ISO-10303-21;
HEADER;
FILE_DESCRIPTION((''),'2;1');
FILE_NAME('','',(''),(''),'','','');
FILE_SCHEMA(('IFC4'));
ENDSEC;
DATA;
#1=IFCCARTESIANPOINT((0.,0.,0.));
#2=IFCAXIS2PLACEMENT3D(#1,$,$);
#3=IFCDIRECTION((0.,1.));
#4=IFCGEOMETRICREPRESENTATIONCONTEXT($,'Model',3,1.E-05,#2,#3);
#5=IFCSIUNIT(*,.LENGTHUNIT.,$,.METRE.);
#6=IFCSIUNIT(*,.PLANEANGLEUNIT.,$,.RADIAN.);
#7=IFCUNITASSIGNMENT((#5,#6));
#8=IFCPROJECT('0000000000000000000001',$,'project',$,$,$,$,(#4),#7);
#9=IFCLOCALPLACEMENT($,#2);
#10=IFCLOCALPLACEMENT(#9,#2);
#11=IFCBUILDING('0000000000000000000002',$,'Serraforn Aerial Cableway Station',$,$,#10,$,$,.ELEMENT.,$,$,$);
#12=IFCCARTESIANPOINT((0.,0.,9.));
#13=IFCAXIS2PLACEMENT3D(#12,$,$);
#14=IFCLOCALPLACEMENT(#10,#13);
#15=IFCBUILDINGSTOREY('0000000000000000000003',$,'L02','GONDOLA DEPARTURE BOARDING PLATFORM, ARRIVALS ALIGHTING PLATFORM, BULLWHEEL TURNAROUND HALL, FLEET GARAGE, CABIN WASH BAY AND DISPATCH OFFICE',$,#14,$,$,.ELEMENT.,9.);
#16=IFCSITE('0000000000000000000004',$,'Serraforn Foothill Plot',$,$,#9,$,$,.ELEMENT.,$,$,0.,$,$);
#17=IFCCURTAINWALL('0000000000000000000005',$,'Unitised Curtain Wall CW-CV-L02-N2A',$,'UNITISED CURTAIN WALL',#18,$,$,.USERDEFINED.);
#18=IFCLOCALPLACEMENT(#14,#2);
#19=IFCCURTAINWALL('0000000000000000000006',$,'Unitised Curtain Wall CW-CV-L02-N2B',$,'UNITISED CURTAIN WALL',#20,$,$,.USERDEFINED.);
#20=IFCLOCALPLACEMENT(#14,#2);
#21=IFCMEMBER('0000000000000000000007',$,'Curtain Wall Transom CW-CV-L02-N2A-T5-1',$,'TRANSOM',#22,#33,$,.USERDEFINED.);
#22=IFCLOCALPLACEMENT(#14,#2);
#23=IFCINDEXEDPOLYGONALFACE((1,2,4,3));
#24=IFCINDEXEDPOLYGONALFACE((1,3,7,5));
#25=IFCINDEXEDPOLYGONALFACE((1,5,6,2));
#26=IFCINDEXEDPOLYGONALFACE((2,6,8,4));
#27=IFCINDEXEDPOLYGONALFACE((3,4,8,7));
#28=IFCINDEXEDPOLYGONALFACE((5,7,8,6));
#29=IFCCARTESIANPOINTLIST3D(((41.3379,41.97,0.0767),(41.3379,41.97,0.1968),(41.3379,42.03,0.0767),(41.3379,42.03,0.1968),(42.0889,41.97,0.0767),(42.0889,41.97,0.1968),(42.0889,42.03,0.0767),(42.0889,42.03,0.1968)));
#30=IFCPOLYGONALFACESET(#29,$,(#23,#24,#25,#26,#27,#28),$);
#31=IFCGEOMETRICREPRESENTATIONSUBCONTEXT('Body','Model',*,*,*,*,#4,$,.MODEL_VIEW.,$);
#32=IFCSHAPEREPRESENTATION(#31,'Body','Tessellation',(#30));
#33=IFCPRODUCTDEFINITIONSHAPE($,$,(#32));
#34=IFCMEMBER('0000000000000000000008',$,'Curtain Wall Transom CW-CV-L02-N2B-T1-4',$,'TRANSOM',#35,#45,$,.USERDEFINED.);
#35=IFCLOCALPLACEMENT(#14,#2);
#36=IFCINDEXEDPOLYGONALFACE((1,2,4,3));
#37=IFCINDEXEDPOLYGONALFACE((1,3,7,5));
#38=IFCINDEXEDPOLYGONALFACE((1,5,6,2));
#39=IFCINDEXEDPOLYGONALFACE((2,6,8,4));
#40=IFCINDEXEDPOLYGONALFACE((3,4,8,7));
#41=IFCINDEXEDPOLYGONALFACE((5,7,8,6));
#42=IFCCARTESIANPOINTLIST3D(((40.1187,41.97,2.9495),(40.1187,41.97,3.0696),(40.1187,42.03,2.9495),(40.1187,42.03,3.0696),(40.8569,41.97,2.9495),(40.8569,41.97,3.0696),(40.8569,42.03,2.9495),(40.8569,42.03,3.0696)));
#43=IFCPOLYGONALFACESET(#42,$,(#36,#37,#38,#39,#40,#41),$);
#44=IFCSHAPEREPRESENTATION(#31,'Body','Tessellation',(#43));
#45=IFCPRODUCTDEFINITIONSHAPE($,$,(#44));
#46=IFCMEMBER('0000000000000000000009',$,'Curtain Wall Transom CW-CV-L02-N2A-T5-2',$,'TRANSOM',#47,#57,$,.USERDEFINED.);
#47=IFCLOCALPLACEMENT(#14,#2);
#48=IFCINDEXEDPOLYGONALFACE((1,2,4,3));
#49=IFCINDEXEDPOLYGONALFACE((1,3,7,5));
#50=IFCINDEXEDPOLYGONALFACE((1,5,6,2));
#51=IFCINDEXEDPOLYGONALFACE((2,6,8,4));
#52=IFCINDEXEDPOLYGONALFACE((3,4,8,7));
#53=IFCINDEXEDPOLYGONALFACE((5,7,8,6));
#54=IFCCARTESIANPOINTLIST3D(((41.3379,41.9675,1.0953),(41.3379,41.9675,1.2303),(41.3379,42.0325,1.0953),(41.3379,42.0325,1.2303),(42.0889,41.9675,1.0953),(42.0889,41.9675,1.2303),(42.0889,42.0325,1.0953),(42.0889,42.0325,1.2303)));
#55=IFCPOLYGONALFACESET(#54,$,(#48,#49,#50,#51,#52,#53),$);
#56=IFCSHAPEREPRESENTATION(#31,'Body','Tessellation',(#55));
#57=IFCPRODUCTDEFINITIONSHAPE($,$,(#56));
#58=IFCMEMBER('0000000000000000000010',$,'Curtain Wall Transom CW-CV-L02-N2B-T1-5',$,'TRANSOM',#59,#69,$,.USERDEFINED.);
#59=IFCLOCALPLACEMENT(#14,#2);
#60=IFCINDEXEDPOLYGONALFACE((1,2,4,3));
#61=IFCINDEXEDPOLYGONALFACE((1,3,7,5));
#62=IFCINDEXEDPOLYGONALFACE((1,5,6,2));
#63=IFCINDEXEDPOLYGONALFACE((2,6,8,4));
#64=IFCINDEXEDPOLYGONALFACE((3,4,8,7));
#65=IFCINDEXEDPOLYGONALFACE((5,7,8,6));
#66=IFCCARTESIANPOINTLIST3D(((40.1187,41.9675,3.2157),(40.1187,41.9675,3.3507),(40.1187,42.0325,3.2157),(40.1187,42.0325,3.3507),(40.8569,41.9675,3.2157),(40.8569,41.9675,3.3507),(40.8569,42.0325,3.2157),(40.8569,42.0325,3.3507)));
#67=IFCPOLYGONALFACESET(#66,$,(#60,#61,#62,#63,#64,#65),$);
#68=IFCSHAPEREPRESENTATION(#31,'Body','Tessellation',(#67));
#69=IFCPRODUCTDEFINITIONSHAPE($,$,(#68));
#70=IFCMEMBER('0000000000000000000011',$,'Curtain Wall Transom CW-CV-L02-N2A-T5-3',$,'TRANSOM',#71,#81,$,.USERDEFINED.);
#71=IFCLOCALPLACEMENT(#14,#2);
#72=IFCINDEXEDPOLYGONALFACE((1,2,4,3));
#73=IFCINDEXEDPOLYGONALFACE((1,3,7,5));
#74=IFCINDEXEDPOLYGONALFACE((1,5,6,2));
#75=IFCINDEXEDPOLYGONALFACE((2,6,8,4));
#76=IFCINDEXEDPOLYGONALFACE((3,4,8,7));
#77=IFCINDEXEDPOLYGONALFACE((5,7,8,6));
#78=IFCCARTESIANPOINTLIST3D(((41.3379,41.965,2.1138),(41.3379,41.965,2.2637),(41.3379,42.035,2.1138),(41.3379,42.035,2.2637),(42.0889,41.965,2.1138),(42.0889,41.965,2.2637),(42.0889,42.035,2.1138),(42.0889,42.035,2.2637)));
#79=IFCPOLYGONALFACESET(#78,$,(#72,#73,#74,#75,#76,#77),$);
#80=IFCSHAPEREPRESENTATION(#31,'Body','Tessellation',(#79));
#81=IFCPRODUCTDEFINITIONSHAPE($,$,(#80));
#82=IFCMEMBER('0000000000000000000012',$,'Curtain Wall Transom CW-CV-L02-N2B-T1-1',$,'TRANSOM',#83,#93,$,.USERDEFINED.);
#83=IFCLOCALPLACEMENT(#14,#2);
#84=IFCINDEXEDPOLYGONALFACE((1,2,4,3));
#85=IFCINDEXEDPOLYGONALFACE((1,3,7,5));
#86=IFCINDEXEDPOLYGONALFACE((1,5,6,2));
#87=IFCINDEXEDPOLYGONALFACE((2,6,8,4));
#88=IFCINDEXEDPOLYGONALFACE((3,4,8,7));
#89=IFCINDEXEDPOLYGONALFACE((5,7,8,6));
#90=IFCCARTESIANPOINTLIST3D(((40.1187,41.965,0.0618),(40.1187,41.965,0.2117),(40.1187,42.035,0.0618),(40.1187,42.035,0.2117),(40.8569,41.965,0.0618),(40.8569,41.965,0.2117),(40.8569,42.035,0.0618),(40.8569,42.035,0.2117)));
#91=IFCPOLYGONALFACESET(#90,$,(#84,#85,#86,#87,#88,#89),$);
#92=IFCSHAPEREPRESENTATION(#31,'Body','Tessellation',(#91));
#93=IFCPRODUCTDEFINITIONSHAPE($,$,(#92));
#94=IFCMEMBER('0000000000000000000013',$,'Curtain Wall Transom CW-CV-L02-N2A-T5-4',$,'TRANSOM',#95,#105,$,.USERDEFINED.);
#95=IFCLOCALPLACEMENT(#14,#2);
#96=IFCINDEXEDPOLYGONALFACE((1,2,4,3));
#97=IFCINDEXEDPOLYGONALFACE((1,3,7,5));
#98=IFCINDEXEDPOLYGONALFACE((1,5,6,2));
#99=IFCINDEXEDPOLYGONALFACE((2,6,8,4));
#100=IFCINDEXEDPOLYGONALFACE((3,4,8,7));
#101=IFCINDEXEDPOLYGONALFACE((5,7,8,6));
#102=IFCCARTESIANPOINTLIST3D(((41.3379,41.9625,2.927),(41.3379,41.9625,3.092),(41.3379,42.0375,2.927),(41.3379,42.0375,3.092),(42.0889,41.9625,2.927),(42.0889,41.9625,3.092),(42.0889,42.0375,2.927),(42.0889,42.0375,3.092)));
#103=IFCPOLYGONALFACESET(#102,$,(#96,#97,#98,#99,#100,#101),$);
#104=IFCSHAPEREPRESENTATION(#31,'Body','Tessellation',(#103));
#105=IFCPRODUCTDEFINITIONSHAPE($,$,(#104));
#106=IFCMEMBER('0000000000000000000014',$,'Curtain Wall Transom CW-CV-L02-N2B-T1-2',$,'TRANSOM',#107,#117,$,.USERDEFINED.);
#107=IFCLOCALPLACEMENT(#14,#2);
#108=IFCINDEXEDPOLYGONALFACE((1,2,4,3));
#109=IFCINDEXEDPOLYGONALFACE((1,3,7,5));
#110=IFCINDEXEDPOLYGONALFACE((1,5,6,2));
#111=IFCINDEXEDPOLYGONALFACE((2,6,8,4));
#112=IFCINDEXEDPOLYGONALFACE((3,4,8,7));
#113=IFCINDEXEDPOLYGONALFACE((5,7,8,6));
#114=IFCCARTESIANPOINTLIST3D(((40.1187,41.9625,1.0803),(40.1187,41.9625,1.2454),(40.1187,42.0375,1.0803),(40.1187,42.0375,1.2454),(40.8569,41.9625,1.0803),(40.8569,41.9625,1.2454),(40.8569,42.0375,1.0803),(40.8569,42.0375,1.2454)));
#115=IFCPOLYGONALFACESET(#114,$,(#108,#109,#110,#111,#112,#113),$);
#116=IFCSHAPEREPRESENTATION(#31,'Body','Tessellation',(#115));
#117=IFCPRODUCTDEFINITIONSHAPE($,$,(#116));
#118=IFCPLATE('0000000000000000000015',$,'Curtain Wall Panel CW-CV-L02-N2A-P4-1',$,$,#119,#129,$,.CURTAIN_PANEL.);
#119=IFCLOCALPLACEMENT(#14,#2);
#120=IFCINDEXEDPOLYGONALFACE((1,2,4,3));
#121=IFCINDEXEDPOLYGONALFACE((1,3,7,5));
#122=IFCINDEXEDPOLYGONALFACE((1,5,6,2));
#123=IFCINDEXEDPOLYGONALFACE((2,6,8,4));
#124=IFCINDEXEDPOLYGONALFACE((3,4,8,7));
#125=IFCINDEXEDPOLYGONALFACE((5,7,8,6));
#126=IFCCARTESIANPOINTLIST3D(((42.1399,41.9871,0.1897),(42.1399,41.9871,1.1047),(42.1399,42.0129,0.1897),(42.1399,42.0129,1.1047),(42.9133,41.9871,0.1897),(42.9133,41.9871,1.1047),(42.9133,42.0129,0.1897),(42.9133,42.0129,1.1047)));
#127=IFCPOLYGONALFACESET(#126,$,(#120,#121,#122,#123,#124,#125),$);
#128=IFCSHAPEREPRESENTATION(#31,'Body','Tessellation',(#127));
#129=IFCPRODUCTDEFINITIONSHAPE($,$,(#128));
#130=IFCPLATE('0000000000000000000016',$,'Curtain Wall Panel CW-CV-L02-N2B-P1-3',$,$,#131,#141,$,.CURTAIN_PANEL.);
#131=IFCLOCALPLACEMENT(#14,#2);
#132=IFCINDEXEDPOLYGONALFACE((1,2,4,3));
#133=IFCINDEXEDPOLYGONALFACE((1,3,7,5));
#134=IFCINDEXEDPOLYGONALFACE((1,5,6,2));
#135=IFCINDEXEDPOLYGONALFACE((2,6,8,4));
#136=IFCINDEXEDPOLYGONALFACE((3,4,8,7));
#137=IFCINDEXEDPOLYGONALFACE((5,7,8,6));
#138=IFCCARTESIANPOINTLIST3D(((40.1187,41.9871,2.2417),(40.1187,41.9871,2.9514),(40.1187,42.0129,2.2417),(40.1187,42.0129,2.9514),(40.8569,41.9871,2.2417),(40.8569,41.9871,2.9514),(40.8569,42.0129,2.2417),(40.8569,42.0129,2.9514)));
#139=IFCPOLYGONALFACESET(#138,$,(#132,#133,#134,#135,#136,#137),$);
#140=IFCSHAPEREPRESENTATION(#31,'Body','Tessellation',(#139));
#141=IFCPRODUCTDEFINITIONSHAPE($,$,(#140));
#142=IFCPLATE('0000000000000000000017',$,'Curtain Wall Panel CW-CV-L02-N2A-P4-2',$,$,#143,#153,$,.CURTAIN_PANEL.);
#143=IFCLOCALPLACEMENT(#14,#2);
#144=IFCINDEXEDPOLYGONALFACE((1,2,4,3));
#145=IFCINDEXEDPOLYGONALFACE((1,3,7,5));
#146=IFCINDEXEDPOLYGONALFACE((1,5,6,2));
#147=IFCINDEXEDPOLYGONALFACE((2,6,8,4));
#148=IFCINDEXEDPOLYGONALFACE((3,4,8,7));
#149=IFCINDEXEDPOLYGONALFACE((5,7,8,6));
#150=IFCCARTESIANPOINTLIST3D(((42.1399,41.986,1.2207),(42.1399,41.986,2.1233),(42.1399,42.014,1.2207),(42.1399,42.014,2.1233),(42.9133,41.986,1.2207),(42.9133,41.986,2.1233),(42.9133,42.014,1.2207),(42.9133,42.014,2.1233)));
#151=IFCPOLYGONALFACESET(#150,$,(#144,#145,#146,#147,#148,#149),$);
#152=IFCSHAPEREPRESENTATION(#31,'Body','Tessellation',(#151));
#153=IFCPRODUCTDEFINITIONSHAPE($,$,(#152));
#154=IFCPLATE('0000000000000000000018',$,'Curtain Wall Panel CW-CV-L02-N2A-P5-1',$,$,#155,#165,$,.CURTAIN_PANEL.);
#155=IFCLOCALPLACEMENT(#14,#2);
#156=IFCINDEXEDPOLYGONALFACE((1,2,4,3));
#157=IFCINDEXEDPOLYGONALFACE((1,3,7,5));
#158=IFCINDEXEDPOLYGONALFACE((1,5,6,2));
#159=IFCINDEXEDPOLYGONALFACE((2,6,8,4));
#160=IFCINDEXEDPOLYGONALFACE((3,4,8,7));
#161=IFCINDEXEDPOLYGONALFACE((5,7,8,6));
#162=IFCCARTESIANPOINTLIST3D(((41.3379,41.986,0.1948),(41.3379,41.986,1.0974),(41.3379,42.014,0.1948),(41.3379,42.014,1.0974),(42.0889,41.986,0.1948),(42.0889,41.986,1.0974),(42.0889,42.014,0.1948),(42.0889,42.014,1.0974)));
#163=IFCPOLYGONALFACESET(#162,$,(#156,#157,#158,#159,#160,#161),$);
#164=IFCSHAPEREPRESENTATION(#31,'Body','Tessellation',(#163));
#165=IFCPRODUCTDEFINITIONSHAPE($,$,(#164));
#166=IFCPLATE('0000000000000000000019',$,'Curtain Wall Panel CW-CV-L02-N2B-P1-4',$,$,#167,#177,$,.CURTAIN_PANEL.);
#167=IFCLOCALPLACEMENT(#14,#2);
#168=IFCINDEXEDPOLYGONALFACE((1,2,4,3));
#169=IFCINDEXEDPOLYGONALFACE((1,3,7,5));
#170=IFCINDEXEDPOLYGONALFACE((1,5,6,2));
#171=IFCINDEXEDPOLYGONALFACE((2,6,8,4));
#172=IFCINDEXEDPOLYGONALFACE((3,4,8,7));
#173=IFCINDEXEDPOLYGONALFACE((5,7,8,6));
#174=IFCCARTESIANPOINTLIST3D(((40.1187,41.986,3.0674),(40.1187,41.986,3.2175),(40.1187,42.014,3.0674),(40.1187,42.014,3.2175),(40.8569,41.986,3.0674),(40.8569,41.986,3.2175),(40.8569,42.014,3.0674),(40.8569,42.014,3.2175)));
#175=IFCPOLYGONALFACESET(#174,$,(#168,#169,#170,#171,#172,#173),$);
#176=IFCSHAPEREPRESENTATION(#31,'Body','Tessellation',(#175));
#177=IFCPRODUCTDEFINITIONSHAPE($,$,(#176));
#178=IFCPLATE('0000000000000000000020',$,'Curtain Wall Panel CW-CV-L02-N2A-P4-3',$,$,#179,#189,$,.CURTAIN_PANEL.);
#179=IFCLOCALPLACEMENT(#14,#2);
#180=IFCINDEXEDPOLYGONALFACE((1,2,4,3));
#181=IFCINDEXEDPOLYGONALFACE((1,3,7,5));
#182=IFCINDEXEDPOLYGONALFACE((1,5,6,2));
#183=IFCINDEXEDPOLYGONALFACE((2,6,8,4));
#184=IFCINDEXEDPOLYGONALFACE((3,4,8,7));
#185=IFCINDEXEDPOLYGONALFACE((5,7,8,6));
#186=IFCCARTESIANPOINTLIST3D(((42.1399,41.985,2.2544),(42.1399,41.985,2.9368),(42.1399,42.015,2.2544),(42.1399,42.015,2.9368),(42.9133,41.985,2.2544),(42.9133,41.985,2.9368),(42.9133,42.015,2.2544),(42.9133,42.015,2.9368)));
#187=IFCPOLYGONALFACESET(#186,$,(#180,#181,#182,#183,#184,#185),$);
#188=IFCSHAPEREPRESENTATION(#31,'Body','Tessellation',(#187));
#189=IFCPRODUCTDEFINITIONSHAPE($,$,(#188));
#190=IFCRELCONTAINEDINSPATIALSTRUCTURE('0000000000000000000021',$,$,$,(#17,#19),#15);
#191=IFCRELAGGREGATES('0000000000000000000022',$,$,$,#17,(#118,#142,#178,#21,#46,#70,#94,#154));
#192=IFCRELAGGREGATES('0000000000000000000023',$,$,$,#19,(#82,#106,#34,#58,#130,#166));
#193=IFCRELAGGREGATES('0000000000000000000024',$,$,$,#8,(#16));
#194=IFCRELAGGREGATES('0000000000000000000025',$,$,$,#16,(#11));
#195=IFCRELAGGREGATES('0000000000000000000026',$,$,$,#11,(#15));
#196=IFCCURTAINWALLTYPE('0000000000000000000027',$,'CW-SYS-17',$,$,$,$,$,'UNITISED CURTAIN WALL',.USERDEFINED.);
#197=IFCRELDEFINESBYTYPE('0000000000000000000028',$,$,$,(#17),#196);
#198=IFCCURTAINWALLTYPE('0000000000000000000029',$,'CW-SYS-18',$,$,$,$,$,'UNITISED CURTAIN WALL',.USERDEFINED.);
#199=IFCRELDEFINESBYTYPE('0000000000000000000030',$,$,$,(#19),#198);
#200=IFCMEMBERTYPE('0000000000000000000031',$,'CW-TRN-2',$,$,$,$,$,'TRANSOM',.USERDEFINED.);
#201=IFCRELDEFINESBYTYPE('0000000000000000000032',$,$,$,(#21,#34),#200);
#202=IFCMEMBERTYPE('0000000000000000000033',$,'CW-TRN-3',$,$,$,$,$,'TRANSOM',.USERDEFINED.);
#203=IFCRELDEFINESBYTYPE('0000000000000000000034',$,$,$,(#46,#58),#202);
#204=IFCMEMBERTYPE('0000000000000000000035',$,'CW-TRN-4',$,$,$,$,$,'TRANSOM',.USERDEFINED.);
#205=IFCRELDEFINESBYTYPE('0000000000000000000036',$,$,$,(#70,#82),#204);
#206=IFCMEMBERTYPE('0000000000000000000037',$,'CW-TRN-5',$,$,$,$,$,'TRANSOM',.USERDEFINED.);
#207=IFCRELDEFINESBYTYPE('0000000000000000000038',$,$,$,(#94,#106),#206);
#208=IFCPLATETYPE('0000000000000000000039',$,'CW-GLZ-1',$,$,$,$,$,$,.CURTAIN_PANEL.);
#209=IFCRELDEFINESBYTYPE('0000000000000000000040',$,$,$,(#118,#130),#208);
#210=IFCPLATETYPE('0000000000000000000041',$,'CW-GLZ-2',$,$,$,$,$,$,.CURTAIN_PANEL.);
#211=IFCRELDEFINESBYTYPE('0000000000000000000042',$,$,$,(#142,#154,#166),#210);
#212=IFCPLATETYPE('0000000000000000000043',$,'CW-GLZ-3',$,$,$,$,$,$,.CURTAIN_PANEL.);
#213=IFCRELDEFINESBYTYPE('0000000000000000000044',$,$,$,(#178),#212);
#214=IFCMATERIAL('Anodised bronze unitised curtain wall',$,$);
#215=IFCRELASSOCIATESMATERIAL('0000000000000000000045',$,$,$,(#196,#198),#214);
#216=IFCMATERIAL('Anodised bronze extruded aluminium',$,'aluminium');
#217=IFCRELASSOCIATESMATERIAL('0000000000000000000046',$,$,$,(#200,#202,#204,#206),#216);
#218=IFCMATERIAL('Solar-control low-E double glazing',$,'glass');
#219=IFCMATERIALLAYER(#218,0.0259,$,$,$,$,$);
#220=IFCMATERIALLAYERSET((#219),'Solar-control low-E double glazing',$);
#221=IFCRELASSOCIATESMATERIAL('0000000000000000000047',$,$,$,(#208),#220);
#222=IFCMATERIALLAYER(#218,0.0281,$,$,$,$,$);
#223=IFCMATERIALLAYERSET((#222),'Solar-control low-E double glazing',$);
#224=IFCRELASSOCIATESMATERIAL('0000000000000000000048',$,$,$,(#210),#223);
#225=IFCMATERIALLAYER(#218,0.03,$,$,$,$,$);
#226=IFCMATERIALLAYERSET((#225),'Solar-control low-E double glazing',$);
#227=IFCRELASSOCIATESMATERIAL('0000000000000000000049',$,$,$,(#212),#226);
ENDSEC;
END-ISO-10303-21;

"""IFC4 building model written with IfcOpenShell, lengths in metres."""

from ifc_helpers import new_model, si_unit, direction, frame, origin, origin_2d, place, context, subcontext, project, spatial, rectangle, extrude, material, layer, layer_set, material_profile, profile_set, type_object, element, aggregate, save


model = new_model("IFC4")

# Units and contexts
model_context = context("Model", 3, precision=1e-05, world=origin(), true_north=direction((0.0, 1.0)))
body_context = subcontext(model_context, "Body", "Model", "MODEL_VIEW")
ifc_project = project(units=[si_unit("LENGTHUNIT", "METRE"), si_unit("PLANEANGLEUNIT", "RADIAN")], contexts=[model_context])

# Site, building, storey
site_placement = place(None, origin())
site = spatial("IfcSite", under=ifc_project, at=site_placement, Name="Serraforn Foothill Plot", CompositionType="ELEMENT", RefElevation=0.0)
building_placement = place(site_placement, origin())
building = spatial("IfcBuilding", under=site, at=building_placement, Name="Serraforn Aerial Cableway Station", CompositionType="ELEMENT")
storey_placement = place(building_placement, frame((0.0, 0.0, 9.0)))
storey = spatial("IfcBuildingStorey", under=building, at=storey_placement, Name="L02", Description="GONDOLA DEPARTURE BOARDING PLATFORM, ARRIVALS ALIGHTING PLATFORM, BULLWHEEL TURNAROUND HALL, FLEET GARAGE, CABIN WASH BAY AND DISPATCH OFFICE", CompositionType="ELEMENT", Elevation=9.0)

# Curtain wall
ifc_material_1 = material(Name="Anodised bronze unitised curtain wall")
curtain_wall_type_1 = type_object("IfcCurtainWallType", Name="CW-SYS-17", ElementType="UNITISED CURTAIN WALL", PredefinedType="USERDEFINED", material=ifc_material_1)
curtain_wall_1_placement = place(storey_placement, origin())
curtain_wall_1 = element("IfcCurtainWall", 1, at=curtain_wall_1_placement, inside=storey, type_object=curtain_wall_type_1, Name="Unitised Curtain Wall CW-CV-L02-N2A", ObjectType="UNITISED CURTAIN WALL", PredefinedType="USERDEFINED")
ifc_material_2 = material(Name="Anodised bronze extruded aluminium", Category="aluminium")

# Curtain wall
curtain_wall_type_2 = type_object("IfcCurtainWallType", Name="CW-SYS-18", ElementType="UNITISED CURTAIN WALL", PredefinedType="USERDEFINED", material=ifc_material_1)
curtain_wall_2_placement = place(storey_placement, origin())
curtain_wall_2 = element("IfcCurtainWall", 2, at=curtain_wall_2_placement, inside=storey, type_object=curtain_wall_type_2, Name="Unitised Curtain Wall CW-CV-L02-N2B", ObjectType="UNITISED CURTAIN WALL", PredefinedType="USERDEFINED")

# Members
ifc_material_profile_1 = material_profile(ifc_material_2, rectangle(XDim=0.0601, YDim=0.1201, at=origin_2d()), Name="CW TRANSOM 60x120")
ifc_profile_set_1 = profile_set([ifc_material_profile_1], Name="Anodised bronze extruded aluminium")
member_type_1 = type_object("IfcMemberType", Name="CW-TRN-2", ElementType="TRANSOM", PredefinedType="USERDEFINED", material=ifc_profile_set_1)
member_1_placement = place(storey_placement, frame((42.0889, 42.0, 0.1367), z_axis=(-1.0, 0.0, 0.0), x_axis=(0.0, -1.0, 0.0)))
member_1 = element("IfcMember", 3, at=member_1_placement, type_object=member_type_1, Name="Curtain Wall Transom CW-CV-L02-N2A-T5-1", ObjectType="TRANSOM", PredefinedType="USERDEFINED", context=body_context, shape_type="SweptSolid", body=[
    extrude(rectangle(XDim=0.0601, YDim=0.1201, at=origin_2d()), origin(), (0.0, 0.0, 1.0), 0.751),
])
member_2_placement = place(storey_placement, frame((40.8569, 42.0, 3.0095), z_axis=(-1.0, 0.0, 0.0), x_axis=(0.0, -1.0, 0.0)))
member_2 = element("IfcMember", 4, at=member_2_placement, type_object=member_type_1, Name="Curtain Wall Transom CW-CV-L02-N2B-T1-4", ObjectType="TRANSOM", PredefinedType="USERDEFINED", context=body_context, shape_type="SweptSolid", body=[
    extrude(rectangle(XDim=0.0601, YDim=0.1201, at=origin_2d()), origin(), (0.0, 0.0, 1.0), 0.7383),
])
ifc_material_profile_2 = material_profile(ifc_material_2, rectangle(XDim=0.0649, YDim=0.135, at=origin_2d()), Name="CW TRANSOM 65x135")
ifc_profile_set_2 = profile_set([ifc_material_profile_2], Name="Anodised bronze extruded aluminium")
member_type_2 = type_object("IfcMemberType", Name="CW-TRN-3", ElementType="TRANSOM", PredefinedType="USERDEFINED", material=ifc_profile_set_2)
member_3_placement = place(storey_placement, frame((42.0889, 42.0, 1.1628), z_axis=(-1.0, 0.0, 0.0), x_axis=(0.0, -1.0, 0.0)))
member_3 = element("IfcMember", 5, at=member_3_placement, type_object=member_type_2, Name="Curtain Wall Transom CW-CV-L02-N2A-T5-2", ObjectType="TRANSOM", PredefinedType="USERDEFINED", context=body_context, shape_type="SweptSolid", body=[
    extrude(rectangle(XDim=0.0649, YDim=0.135, at=origin_2d()), origin(), (0.0, 0.0, 1.0), 0.751),
])
member_4_placement = place(storey_placement, frame((40.8569, 42.0, 3.2832), z_axis=(-1.0, 0.0, 0.0), x_axis=(0.0, -1.0, 0.0)))
member_4 = element("IfcMember", 6, at=member_4_placement, type_object=member_type_2, Name="Curtain Wall Transom CW-CV-L02-N2B-T1-5", ObjectType="TRANSOM", PredefinedType="USERDEFINED", context=body_context, shape_type="SweptSolid", body=[
    extrude(rectangle(XDim=0.0649, YDim=0.135, at=origin_2d()), origin(), (0.0, 0.0, 1.0), 0.7383),
])
ifc_material_profile_3 = material_profile(ifc_material_2, rectangle(XDim=0.0701, YDim=0.1499, at=origin_2d()), Name="CW TRANSOM 70x150")
ifc_profile_set_3 = profile_set([ifc_material_profile_3], Name="Anodised bronze extruded aluminium")
member_type_3 = type_object("IfcMemberType", Name="CW-TRN-4", ElementType="TRANSOM", PredefinedType="USERDEFINED", material=ifc_profile_set_3)
member_5_placement = place(storey_placement, frame((42.0889, 42.0, 2.1887), z_axis=(-1.0, 0.0, 0.0), x_axis=(0.0, -1.0, 0.0)))
member_5 = element("IfcMember", 7, at=member_5_placement, type_object=member_type_3, Name="Curtain Wall Transom CW-CV-L02-N2A-T5-3", ObjectType="TRANSOM", PredefinedType="USERDEFINED", context=body_context, shape_type="SweptSolid", body=[
    extrude(rectangle(XDim=0.0701, YDim=0.1499, at=origin_2d()), origin(), (0.0, 0.0, 1.0), 0.751),
])
member_6_placement = place(storey_placement, frame((40.8569, 42.0, 0.1367), z_axis=(-1.0, 0.0, 0.0), x_axis=(0.0, -1.0, 0.0)))
member_6 = element("IfcMember", 8, at=member_6_placement, type_object=member_type_3, Name="Curtain Wall Transom CW-CV-L02-N2B-T1-1", ObjectType="TRANSOM", PredefinedType="USERDEFINED", context=body_context, shape_type="SweptSolid", body=[
    extrude(rectangle(XDim=0.0701, YDim=0.1499, at=origin_2d()), origin(), (0.0, 0.0, 1.0), 0.7383),
])
ifc_material_profile_4 = material_profile(ifc_material_2, rectangle(XDim=0.075, YDim=0.165, at=origin_2d()), Name="CW TRANSOM 75x165")
ifc_profile_set_4 = profile_set([ifc_material_profile_4], Name="Anodised bronze extruded aluminium")
member_type_4 = type_object("IfcMemberType", Name="CW-TRN-5", ElementType="TRANSOM", PredefinedType="USERDEFINED", material=ifc_profile_set_4)
member_7_placement = place(storey_placement, frame((42.0889, 42.0, 3.0095), z_axis=(-1.0, 0.0, 0.0), x_axis=(0.0, -1.0, 0.0)))
member_7 = element("IfcMember", 9, at=member_7_placement, type_object=member_type_4, Name="Curtain Wall Transom CW-CV-L02-N2A-T5-4", ObjectType="TRANSOM", PredefinedType="USERDEFINED", context=body_context, shape_type="SweptSolid", body=[
    extrude(rectangle(XDim=0.075, YDim=0.165, at=origin_2d()), origin(), (0.0, 0.0, 1.0), 0.751),
])
member_8_placement = place(storey_placement, frame((40.8569, 42.0, 1.1628), z_axis=(-1.0, 0.0, 0.0), x_axis=(0.0, -1.0, 0.0)))
member_8 = element("IfcMember", 10, at=member_8_placement, type_object=member_type_4, Name="Curtain Wall Transom CW-CV-L02-N2B-T1-2", ObjectType="TRANSOM", PredefinedType="USERDEFINED", context=body_context, shape_type="SweptSolid", body=[
    extrude(rectangle(XDim=0.075, YDim=0.165, at=origin_2d()), origin(), (0.0, 0.0, 1.0), 0.7383),
])

# Plates
ifc_material_3 = material(Name="Solar-control low-E double glazing", Category="glass")
ifc_layer_1 = layer(ifc_material_3, 0.0259)
ifc_layer_set_1 = layer_set([ifc_layer_1], Name="Solar-control low-E double glazing")
plate_type_1 = type_object("IfcPlateType", Name="CW-GLZ-1", PredefinedType="CURTAIN_PANEL", material=ifc_layer_set_1)
plate_1_placement = place(storey_placement, frame((42.5266, 42.0, 0.1897), z_axis=(0.0, 0.0, 1.0), x_axis=(1.0, 0.0, 0.0)))
plate_1 = element("IfcPlate", 11, at=plate_1_placement, type_object=plate_type_1, Name="Curtain Wall Panel CW-CV-L02-N2A-P4-1", PredefinedType="CURTAIN_PANEL", context=body_context, shape_type="SweptSolid", body=[
    extrude(rectangle(XDim=0.7734, YDim=0.0259, at=origin_2d()), origin(), (0.0, 0.0, 1.0), 0.915),
])
plate_2_placement = place(storey_placement, frame((40.4878, 42.0, 2.2417), z_axis=(0.0, 0.0, 1.0), x_axis=(1.0, 0.0, 0.0)))
plate_2 = element("IfcPlate", 12, at=plate_2_placement, type_object=plate_type_1, Name="Curtain Wall Panel CW-CV-L02-N2B-P1-3", PredefinedType="CURTAIN_PANEL", context=body_context, shape_type="SweptSolid", body=[
    extrude(rectangle(XDim=0.7383, YDim=0.0259, at=origin_2d()), origin(), (0.0, 0.0, 1.0), 0.7097),
])
ifc_layer_2 = layer(ifc_material_3, 0.0281)
ifc_layer_set_2 = layer_set([ifc_layer_2], Name="Solar-control low-E double glazing")
plate_type_2 = type_object("IfcPlateType", Name="CW-GLZ-2", PredefinedType="CURTAIN_PANEL", material=ifc_layer_set_2)
plate_3_placement = place(storey_placement, frame((42.5266, 42.0, 1.2207), z_axis=(0.0, 0.0, 1.0), x_axis=(1.0, 0.0, 0.0)))
plate_3 = element("IfcPlate", 13, at=plate_3_placement, type_object=plate_type_2, Name="Curtain Wall Panel CW-CV-L02-N2A-P4-2", PredefinedType="CURTAIN_PANEL", context=body_context, shape_type="SweptSolid", body=[
    extrude(rectangle(XDim=0.7734, YDim=0.0281, at=origin_2d()), origin(), (0.0, 0.0, 1.0), 0.9026),
])
plate_4_placement = place(storey_placement, frame((41.7134, 42.0, 0.1948), z_axis=(0.0, 0.0, 1.0), x_axis=(1.0, 0.0, 0.0)))
plate_4 = element("IfcPlate", 14, at=plate_4_placement, type_object=plate_type_2, Name="Curtain Wall Panel CW-CV-L02-N2A-P5-1", PredefinedType="CURTAIN_PANEL", context=body_context, shape_type="SweptSolid", body=[
    extrude(rectangle(XDim=0.751, YDim=0.0281, at=origin_2d()), origin(), (0.0, 0.0, 1.0), 0.9026),
])
plate_5_placement = place(storey_placement, frame((40.4878, 42.0, 3.0674), z_axis=(0.0, 0.0, 1.0), x_axis=(1.0, 0.0, 0.0)))
plate_5 = element("IfcPlate", 15, at=plate_5_placement, type_object=plate_type_2, Name="Curtain Wall Panel CW-CV-L02-N2B-P1-4", PredefinedType="CURTAIN_PANEL", context=body_context, shape_type="SweptSolid", body=[
    extrude(rectangle(XDim=0.7383, YDim=0.0281, at=origin_2d()), origin(), (0.0, 0.0, 1.0), 0.1501),
])
ifc_layer_3 = layer(ifc_material_3, 0.03)
ifc_layer_set_3 = layer_set([ifc_layer_3], Name="Solar-control low-E double glazing")
plate_type_3 = type_object("IfcPlateType", Name="CW-GLZ-3", PredefinedType="CURTAIN_PANEL", material=ifc_layer_set_3)
plate_6_placement = place(storey_placement, frame((42.5266, 42.0, 2.2544), z_axis=(0.0, 0.0, 1.0), x_axis=(1.0, 0.0, 0.0)))
plate_6 = element("IfcPlate", 16, at=plate_6_placement, type_object=plate_type_3, Name="Curtain Wall Panel CW-CV-L02-N2A-P4-3", PredefinedType="CURTAIN_PANEL", context=body_context, shape_type="SweptSolid", body=[
    extrude(rectangle(XDim=0.7734, YDim=0.03, at=origin_2d()), origin(), (0.0, 0.0, 1.0), 0.6824),
])
aggregate(curtain_wall_1, [plate_1, plate_3, plate_6, member_1, member_3, member_5, member_7, plate_4])
aggregate(curtain_wall_2, [member_6, member_8, member_2, member_4, plate_2, plate_5])

save(model, "model.ifc")
